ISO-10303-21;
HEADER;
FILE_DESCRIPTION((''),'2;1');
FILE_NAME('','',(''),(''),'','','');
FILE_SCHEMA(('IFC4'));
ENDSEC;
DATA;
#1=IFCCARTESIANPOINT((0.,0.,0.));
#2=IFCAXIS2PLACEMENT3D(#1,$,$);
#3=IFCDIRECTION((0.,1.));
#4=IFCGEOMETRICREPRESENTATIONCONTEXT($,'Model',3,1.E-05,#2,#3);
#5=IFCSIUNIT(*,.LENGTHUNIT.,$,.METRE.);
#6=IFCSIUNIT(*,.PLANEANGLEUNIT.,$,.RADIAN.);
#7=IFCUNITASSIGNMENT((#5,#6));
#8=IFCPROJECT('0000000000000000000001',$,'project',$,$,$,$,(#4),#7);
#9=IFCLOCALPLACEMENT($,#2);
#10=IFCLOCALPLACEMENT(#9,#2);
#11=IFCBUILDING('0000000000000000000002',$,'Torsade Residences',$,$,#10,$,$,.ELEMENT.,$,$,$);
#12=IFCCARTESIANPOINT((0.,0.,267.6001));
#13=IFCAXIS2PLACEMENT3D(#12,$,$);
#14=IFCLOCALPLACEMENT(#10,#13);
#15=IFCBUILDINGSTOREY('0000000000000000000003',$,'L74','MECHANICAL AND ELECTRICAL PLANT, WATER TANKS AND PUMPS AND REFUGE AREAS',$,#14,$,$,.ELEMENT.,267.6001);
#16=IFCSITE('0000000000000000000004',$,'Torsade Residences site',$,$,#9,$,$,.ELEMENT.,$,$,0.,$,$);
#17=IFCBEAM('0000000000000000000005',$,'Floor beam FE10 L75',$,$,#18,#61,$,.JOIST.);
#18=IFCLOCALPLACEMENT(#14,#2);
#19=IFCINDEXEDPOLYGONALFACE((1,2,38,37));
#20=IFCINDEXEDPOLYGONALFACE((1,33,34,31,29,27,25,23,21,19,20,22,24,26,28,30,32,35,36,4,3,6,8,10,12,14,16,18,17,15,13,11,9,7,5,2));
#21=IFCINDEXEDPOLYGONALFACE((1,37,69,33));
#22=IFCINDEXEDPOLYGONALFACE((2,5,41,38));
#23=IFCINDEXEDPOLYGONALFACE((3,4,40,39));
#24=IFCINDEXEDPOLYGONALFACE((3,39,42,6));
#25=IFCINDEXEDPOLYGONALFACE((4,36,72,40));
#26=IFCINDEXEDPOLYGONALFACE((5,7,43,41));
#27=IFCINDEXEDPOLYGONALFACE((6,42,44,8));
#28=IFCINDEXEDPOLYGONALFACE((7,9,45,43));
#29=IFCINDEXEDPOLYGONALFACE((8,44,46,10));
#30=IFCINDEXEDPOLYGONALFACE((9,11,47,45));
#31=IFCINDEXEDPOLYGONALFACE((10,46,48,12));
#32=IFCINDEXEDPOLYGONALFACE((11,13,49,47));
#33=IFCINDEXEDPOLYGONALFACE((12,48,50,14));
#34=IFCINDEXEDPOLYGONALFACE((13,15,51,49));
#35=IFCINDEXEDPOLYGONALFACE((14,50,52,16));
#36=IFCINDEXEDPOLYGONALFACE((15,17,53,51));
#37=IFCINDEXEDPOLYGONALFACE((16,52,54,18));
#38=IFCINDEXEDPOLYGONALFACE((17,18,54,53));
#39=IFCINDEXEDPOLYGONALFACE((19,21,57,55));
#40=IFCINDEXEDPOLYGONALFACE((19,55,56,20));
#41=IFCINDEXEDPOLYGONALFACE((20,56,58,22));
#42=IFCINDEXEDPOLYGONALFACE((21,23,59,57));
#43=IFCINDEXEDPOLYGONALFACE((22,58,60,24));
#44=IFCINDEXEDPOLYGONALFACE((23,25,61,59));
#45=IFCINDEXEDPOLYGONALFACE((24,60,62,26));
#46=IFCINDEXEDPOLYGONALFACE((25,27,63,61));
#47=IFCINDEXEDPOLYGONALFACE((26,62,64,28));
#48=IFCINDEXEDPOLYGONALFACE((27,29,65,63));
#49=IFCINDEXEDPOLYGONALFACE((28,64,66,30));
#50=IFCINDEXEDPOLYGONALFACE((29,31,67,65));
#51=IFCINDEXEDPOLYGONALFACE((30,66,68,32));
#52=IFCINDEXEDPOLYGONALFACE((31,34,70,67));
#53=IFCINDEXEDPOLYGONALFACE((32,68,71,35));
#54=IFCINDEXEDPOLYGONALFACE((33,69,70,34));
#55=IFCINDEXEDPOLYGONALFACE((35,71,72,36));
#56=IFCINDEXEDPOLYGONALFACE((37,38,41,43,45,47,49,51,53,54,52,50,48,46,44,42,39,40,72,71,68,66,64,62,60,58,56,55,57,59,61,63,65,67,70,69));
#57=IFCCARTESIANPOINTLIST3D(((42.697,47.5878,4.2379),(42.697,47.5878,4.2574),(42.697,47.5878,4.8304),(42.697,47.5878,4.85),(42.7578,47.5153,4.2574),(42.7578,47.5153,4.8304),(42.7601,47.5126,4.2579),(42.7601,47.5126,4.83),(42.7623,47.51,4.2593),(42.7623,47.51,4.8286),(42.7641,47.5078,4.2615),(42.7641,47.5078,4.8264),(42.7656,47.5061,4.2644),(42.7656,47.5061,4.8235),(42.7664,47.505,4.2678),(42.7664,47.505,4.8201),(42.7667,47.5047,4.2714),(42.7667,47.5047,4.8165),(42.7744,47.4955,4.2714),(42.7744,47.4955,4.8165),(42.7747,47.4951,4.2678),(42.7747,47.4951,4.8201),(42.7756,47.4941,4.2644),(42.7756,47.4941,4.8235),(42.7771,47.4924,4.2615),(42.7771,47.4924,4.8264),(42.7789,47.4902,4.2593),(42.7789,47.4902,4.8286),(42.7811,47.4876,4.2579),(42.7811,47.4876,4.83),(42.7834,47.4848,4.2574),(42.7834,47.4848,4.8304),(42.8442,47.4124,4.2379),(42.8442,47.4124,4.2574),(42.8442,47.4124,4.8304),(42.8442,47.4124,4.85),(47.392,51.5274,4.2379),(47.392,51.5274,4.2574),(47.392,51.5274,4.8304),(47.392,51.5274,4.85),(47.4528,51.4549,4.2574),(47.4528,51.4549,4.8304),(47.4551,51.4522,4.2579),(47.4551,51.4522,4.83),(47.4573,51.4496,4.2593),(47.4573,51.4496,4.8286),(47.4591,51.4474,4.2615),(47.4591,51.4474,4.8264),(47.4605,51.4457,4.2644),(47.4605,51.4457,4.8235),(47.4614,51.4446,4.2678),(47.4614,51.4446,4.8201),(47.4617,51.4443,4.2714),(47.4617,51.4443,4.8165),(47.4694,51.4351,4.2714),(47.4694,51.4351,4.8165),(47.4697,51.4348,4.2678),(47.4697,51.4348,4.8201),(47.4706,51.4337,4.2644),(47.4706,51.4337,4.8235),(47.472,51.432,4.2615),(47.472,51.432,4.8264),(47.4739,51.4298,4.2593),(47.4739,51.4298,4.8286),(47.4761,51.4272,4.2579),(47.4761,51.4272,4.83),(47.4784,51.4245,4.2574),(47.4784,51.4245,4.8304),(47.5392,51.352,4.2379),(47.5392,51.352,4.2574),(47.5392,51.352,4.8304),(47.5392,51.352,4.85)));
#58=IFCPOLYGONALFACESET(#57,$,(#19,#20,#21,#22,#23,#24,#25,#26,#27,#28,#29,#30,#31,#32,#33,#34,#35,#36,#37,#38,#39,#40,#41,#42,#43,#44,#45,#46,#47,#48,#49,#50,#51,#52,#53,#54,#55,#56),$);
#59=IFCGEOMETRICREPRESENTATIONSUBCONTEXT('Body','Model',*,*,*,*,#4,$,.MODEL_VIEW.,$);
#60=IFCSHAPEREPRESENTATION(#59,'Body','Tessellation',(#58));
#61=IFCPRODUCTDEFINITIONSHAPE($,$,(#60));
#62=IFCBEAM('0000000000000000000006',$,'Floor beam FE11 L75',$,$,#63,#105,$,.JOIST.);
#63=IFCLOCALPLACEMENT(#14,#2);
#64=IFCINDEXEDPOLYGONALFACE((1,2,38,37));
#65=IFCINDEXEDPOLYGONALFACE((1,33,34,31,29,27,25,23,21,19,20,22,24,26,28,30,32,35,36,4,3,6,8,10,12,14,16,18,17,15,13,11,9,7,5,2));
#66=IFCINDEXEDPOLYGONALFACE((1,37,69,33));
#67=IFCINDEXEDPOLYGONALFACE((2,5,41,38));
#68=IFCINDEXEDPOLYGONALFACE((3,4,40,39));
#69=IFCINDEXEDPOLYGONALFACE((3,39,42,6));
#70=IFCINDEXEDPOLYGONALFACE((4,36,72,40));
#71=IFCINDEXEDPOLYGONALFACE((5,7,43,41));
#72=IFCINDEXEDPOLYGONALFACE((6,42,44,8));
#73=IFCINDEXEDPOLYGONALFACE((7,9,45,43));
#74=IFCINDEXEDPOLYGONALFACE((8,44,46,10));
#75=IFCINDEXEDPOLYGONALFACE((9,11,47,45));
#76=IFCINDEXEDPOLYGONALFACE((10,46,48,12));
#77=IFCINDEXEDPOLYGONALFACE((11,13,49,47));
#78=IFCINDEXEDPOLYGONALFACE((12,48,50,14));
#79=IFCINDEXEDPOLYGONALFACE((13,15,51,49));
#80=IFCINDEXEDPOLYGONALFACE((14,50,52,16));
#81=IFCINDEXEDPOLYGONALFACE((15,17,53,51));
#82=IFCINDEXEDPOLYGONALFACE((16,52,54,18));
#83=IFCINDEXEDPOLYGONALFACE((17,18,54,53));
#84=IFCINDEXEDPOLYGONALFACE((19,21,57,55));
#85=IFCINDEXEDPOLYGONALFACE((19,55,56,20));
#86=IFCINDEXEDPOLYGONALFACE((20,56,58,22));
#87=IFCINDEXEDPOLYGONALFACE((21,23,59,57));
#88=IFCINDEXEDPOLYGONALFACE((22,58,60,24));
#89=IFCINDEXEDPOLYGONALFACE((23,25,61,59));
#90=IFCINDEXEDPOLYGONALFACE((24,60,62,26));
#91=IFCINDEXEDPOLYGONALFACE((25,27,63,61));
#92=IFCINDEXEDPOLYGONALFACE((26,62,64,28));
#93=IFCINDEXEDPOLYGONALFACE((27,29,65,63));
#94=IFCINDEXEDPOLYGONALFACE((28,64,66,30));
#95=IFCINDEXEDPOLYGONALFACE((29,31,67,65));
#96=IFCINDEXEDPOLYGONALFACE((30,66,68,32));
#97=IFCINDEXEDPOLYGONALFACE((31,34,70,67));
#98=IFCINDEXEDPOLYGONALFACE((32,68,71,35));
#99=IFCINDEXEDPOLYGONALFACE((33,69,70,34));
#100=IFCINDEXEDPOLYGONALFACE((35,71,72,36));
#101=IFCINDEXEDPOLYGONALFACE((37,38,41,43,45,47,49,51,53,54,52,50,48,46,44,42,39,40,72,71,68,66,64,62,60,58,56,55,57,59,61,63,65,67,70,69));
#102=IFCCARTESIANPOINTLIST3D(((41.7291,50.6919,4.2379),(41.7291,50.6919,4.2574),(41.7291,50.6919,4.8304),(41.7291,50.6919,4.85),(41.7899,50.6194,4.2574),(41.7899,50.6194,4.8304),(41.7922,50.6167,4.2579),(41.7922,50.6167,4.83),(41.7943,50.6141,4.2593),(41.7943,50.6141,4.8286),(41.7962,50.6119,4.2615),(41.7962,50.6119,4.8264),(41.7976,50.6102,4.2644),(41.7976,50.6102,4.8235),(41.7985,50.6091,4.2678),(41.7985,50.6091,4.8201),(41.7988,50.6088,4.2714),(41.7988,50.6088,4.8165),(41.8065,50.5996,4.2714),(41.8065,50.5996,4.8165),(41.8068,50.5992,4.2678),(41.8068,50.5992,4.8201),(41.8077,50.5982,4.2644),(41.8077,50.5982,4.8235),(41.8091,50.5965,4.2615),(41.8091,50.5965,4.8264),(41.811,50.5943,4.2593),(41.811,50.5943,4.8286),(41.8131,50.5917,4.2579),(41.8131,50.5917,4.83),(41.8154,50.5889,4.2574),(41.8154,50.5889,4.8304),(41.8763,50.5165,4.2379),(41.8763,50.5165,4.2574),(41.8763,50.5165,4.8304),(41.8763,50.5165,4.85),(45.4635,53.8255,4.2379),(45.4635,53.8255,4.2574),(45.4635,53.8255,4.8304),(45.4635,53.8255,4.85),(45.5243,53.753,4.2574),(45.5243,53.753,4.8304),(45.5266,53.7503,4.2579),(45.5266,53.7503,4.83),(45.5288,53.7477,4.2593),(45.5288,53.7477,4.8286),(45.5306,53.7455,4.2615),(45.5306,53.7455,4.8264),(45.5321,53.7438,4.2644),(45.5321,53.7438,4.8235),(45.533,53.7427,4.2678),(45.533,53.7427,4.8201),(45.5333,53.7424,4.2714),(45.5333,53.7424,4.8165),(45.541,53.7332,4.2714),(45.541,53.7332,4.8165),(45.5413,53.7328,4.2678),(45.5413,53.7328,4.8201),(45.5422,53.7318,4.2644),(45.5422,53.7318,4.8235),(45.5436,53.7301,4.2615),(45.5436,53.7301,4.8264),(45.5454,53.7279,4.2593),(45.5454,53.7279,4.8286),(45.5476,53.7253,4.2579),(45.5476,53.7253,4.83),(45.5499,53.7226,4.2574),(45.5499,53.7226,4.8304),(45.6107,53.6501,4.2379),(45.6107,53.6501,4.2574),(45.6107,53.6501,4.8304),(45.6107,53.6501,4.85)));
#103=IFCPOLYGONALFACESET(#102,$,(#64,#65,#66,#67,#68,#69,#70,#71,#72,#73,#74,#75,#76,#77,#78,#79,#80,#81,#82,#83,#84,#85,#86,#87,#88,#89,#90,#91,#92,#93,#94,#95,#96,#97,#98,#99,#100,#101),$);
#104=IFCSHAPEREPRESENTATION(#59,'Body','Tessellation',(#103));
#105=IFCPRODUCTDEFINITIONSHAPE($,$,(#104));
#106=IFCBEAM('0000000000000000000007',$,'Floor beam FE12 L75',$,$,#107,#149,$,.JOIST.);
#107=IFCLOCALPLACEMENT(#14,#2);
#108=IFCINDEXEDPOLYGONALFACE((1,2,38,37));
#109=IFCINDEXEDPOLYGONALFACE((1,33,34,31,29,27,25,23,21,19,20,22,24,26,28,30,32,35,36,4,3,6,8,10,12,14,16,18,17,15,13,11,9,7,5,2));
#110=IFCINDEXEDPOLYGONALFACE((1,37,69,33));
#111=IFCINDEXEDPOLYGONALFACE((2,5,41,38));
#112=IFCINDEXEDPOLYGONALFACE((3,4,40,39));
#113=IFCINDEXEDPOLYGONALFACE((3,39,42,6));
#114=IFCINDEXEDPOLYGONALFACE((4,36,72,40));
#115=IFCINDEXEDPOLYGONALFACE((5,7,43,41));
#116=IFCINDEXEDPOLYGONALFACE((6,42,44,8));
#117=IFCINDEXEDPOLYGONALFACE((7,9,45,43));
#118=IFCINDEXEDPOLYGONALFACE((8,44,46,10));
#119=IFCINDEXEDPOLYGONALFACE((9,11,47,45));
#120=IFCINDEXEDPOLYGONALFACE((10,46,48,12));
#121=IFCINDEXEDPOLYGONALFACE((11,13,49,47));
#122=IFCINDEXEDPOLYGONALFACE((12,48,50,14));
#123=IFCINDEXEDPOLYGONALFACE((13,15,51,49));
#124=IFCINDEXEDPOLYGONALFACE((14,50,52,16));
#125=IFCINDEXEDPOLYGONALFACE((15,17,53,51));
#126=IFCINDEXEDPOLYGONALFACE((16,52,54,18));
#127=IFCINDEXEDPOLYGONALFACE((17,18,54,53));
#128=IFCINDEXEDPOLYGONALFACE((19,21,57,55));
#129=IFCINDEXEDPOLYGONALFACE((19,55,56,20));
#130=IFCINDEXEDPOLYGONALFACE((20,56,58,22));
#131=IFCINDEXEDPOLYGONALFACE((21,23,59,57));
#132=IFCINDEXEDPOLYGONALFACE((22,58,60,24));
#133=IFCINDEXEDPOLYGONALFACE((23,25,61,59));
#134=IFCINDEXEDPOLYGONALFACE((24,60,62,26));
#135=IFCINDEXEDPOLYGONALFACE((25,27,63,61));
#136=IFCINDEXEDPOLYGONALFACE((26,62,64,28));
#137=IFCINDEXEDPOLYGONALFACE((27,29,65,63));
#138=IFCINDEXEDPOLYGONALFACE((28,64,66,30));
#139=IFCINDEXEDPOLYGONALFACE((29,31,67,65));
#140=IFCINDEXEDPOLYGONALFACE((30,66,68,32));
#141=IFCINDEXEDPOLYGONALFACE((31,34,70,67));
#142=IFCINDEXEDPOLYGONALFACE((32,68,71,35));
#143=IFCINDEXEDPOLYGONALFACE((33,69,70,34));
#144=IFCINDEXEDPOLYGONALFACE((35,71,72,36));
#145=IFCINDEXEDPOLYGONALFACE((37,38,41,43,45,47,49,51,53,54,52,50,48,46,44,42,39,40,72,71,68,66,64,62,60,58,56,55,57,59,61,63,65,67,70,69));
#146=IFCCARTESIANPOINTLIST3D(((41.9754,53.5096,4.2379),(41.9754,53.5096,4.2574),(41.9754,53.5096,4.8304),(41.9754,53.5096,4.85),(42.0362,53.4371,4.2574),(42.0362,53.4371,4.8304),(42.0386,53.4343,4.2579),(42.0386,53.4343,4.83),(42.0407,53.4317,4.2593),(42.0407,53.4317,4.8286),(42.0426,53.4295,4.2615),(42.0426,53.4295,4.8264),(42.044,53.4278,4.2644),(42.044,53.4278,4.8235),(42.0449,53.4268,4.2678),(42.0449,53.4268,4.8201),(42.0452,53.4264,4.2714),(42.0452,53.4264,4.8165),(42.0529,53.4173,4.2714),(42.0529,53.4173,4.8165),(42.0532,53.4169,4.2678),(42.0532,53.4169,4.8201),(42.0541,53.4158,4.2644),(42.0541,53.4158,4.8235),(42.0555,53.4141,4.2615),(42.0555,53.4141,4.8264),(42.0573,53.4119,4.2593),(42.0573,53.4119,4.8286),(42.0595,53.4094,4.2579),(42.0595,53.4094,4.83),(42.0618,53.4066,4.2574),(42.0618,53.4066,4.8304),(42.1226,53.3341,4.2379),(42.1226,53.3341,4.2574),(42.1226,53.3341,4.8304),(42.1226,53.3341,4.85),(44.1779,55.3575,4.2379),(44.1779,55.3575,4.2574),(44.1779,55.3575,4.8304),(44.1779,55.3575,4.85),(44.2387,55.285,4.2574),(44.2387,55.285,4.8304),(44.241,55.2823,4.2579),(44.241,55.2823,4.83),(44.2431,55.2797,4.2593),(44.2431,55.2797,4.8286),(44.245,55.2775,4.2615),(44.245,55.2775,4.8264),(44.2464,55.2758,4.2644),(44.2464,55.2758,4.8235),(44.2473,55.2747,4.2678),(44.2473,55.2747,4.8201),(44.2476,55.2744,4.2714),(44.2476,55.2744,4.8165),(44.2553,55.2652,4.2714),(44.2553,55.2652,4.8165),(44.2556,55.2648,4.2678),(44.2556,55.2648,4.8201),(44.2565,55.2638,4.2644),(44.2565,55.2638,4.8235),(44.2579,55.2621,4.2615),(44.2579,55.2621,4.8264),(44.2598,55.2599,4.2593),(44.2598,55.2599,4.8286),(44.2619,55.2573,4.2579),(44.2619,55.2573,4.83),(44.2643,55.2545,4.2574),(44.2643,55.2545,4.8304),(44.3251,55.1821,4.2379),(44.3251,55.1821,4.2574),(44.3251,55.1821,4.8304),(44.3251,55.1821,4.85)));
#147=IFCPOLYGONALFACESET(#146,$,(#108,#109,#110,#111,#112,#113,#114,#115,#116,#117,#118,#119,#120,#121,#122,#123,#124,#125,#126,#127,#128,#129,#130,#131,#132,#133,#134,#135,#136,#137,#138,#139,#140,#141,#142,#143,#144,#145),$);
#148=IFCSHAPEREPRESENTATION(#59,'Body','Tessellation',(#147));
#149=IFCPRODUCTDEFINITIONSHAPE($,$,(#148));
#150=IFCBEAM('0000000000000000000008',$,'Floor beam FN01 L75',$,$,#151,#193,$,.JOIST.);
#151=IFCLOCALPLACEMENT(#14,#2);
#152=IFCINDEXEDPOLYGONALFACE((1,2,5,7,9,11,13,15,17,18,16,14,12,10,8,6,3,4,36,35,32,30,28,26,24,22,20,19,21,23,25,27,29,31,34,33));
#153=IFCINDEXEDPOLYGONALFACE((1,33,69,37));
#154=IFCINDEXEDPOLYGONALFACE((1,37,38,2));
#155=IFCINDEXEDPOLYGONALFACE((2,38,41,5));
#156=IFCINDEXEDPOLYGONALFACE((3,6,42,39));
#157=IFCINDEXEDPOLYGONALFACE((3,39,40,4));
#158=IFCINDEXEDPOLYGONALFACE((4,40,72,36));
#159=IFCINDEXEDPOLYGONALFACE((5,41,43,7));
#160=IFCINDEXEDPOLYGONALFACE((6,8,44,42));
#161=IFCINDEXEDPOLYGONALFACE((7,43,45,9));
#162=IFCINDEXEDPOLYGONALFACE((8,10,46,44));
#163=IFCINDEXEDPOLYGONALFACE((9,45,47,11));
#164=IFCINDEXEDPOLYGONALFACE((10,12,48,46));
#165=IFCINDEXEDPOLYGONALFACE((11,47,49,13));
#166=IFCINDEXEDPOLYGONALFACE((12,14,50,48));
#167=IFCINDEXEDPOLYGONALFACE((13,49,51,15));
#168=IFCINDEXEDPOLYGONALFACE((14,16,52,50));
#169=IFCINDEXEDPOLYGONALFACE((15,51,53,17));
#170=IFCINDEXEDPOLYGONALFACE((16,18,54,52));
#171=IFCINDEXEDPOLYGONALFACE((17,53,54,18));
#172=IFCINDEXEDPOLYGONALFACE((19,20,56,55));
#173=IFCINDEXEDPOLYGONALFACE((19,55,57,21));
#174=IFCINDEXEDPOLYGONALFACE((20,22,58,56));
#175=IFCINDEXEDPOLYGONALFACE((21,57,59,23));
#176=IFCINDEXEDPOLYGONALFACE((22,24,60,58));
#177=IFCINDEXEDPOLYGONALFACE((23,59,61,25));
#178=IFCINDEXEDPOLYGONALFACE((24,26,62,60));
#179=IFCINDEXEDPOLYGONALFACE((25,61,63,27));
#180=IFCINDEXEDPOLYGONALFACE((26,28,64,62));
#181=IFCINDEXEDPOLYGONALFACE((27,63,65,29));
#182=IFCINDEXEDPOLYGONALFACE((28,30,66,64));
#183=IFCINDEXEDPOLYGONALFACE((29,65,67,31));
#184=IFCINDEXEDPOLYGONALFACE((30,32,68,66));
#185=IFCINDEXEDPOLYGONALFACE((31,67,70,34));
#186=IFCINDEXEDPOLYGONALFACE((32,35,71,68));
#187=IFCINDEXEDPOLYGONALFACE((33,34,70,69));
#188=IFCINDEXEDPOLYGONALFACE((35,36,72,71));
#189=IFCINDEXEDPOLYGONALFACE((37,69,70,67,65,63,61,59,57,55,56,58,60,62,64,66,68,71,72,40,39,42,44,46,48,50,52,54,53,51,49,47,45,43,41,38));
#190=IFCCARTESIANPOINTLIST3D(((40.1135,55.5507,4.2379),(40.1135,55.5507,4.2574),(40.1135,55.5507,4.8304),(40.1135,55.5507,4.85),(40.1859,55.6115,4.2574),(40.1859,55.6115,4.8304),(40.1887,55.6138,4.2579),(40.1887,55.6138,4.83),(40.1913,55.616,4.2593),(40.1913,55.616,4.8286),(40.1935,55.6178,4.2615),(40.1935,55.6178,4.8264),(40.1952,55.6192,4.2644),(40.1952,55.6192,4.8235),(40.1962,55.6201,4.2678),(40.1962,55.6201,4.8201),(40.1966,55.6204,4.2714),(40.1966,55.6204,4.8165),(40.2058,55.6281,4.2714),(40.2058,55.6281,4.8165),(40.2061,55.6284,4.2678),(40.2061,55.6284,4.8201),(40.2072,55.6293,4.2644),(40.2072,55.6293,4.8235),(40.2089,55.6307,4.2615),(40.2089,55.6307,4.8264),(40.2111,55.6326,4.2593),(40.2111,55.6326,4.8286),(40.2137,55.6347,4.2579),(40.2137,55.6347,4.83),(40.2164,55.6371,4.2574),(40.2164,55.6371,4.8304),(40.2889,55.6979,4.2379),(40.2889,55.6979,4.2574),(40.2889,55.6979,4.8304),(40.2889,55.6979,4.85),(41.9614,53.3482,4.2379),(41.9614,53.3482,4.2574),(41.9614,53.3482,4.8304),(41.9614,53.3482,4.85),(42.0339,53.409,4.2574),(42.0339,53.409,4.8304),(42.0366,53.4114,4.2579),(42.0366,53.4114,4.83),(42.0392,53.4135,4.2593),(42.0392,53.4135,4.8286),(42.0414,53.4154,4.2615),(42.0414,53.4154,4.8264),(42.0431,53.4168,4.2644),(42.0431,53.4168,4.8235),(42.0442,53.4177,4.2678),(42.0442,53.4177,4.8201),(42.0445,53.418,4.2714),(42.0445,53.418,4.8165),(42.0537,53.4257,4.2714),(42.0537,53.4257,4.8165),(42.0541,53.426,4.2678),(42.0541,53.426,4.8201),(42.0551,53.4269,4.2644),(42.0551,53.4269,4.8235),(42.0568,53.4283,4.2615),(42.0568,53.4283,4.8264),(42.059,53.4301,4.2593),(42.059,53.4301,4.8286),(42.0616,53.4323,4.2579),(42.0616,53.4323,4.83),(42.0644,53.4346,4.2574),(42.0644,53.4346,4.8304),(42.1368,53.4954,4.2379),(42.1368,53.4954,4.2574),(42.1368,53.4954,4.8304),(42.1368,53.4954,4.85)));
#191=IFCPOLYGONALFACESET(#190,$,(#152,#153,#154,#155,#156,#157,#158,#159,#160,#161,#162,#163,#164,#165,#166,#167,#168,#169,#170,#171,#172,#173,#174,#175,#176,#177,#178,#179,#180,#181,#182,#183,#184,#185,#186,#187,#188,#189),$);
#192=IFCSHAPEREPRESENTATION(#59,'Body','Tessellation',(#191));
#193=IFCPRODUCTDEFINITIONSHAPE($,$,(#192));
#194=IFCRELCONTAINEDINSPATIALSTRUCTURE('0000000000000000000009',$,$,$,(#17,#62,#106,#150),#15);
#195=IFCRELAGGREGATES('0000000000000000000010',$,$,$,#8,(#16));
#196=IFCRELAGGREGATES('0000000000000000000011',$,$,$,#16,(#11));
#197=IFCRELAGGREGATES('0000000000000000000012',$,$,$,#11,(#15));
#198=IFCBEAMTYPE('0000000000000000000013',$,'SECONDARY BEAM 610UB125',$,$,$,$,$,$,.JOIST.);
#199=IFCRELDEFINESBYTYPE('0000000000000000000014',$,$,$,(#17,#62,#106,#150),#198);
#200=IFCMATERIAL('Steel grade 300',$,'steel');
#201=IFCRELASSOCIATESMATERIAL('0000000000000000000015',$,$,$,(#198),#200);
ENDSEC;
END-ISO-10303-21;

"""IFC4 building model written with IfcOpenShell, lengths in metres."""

from ifc_helpers import new_model, si_unit, direction, frame, origin, origin_2d, place, context, subcontext, project, spatial, i_section, extrude, material, material_profile, profile_set, type_object, element, save


model = new_model("IFC4")

# Units and contexts
model_context = context("Model", 3, precision=1e-05, world=origin(), true_north=direction((0.0, 1.0)))
body_context = subcontext(model_context, "Body", "Model", "MODEL_VIEW")
ifc_project = project(units=[si_unit("LENGTHUNIT", "METRE"), si_unit("PLANEANGLEUNIT", "RADIAN")], contexts=[model_context])

# Site, building, storey
site_placement = place(None, origin())
site = spatial("IfcSite", under=ifc_project, at=site_placement, Name="Torsade Residences site", CompositionType="ELEMENT", RefElevation=0.0)
building_placement = place(site_placement, origin())
building = spatial("IfcBuilding", under=site, at=building_placement, Name="Torsade Residences", CompositionType="ELEMENT")
storey_placement = place(building_placement, frame((0.0, 0.0, 267.6001)))
storey = spatial("IfcBuildingStorey", under=building, at=storey_placement, Name="L74", Description="MECHANICAL AND ELECTRICAL PLANT, WATER TANKS AND PUMPS AND REFUGE AREAS", CompositionType="ELEMENT", Elevation=267.6001)

# Beams
ifc_material_1 = material(Name="Steel grade 300", Category="steel")
ifc_material_profile_1 = material_profile(ifc_material_1, i_section(OverallWidth=0.229, OverallDepth=0.6121, WebThickness=0.012, FlangeThickness=0.0195, FilletRadius=0.0139, at=origin_2d()), Name="610UB125")
ifc_profile_set_1 = profile_set([ifc_material_profile_1], Name="Steel grade 300")
beam_type_1 = type_object("IfcBeamType", Name="SECONDARY BEAM 610UB125", PredefinedType="JOIST", material=ifc_profile_set_1)
beam_1_placement = place(storey_placement, frame((47.4656, 51.4397, 4.5439), z_axis=(-0.766039, -0.642794, 0.0), x_axis=(0.642794, -0.766039, 0.0)))
element("IfcBeam", 1, at=beam_1_placement, inside=storey, type_object=beam_type_1, Name="Floor beam FE10 L75", PredefinedType="JOIST", context=body_context, shape_type="SweptSolid", body=[
    extrude(i_section(OverallWidth=0.229, OverallDepth=0.6121, WebThickness=0.012, FlangeThickness=0.0195, FilletRadius=0.0139, at=origin_2d()), origin(), (0.0, 0.0, 1.0), 6.1289),
])
beam_2_placement = place(storey_placement, frame((45.5371, 53.7378, 4.5439), z_axis=(-0.766041, -0.642791, 0.0), x_axis=(0.642791, -0.766041, 0.0)))
element("IfcBeam", 2, at=beam_2_placement, inside=storey, type_object=beam_type_1, Name="Floor beam FE11 L75", PredefinedType="JOIST", context=body_context, shape_type="SweptSolid", body=[
    extrude(i_section(OverallWidth=0.229, OverallDepth=0.6121, WebThickness=0.012, FlangeThickness=0.0195, FilletRadius=0.0139, at=origin_2d()), origin(), (0.0, 0.0, 1.0), 4.875),
])
for number, where, z_axis, x_axis, name in (
    (3, (44.2515, 55.2698, 4.5439), (-0.766066, -0.642762, 0.0), (0.642762, -0.766066, 0.0), "Floor beam FE12 L75"),
    (4, (40.2012, 55.6243, 4.5439), (0.642762, -0.766066, 0.0), (0.766066, 0.642762, 0.0), "Floor beam FN01 L75"),
):
    element("IfcBeam", number, at=place(storey_placement, frame(where, z_axis=z_axis, x_axis=x_axis)), inside=storey, type_object=beam_type_1, Name=name, PredefinedType="JOIST", context=body_context, shape_type="SweptSolid", body=[
        extrude(i_section(OverallWidth=0.229, OverallDepth=0.6121, WebThickness=0.012, FlangeThickness=0.0195, FilletRadius=0.0139, at=origin_2d()), origin(), (0.0, 0.0, 1.0), 2.875),
    ])

save(model, "model.ifc")
